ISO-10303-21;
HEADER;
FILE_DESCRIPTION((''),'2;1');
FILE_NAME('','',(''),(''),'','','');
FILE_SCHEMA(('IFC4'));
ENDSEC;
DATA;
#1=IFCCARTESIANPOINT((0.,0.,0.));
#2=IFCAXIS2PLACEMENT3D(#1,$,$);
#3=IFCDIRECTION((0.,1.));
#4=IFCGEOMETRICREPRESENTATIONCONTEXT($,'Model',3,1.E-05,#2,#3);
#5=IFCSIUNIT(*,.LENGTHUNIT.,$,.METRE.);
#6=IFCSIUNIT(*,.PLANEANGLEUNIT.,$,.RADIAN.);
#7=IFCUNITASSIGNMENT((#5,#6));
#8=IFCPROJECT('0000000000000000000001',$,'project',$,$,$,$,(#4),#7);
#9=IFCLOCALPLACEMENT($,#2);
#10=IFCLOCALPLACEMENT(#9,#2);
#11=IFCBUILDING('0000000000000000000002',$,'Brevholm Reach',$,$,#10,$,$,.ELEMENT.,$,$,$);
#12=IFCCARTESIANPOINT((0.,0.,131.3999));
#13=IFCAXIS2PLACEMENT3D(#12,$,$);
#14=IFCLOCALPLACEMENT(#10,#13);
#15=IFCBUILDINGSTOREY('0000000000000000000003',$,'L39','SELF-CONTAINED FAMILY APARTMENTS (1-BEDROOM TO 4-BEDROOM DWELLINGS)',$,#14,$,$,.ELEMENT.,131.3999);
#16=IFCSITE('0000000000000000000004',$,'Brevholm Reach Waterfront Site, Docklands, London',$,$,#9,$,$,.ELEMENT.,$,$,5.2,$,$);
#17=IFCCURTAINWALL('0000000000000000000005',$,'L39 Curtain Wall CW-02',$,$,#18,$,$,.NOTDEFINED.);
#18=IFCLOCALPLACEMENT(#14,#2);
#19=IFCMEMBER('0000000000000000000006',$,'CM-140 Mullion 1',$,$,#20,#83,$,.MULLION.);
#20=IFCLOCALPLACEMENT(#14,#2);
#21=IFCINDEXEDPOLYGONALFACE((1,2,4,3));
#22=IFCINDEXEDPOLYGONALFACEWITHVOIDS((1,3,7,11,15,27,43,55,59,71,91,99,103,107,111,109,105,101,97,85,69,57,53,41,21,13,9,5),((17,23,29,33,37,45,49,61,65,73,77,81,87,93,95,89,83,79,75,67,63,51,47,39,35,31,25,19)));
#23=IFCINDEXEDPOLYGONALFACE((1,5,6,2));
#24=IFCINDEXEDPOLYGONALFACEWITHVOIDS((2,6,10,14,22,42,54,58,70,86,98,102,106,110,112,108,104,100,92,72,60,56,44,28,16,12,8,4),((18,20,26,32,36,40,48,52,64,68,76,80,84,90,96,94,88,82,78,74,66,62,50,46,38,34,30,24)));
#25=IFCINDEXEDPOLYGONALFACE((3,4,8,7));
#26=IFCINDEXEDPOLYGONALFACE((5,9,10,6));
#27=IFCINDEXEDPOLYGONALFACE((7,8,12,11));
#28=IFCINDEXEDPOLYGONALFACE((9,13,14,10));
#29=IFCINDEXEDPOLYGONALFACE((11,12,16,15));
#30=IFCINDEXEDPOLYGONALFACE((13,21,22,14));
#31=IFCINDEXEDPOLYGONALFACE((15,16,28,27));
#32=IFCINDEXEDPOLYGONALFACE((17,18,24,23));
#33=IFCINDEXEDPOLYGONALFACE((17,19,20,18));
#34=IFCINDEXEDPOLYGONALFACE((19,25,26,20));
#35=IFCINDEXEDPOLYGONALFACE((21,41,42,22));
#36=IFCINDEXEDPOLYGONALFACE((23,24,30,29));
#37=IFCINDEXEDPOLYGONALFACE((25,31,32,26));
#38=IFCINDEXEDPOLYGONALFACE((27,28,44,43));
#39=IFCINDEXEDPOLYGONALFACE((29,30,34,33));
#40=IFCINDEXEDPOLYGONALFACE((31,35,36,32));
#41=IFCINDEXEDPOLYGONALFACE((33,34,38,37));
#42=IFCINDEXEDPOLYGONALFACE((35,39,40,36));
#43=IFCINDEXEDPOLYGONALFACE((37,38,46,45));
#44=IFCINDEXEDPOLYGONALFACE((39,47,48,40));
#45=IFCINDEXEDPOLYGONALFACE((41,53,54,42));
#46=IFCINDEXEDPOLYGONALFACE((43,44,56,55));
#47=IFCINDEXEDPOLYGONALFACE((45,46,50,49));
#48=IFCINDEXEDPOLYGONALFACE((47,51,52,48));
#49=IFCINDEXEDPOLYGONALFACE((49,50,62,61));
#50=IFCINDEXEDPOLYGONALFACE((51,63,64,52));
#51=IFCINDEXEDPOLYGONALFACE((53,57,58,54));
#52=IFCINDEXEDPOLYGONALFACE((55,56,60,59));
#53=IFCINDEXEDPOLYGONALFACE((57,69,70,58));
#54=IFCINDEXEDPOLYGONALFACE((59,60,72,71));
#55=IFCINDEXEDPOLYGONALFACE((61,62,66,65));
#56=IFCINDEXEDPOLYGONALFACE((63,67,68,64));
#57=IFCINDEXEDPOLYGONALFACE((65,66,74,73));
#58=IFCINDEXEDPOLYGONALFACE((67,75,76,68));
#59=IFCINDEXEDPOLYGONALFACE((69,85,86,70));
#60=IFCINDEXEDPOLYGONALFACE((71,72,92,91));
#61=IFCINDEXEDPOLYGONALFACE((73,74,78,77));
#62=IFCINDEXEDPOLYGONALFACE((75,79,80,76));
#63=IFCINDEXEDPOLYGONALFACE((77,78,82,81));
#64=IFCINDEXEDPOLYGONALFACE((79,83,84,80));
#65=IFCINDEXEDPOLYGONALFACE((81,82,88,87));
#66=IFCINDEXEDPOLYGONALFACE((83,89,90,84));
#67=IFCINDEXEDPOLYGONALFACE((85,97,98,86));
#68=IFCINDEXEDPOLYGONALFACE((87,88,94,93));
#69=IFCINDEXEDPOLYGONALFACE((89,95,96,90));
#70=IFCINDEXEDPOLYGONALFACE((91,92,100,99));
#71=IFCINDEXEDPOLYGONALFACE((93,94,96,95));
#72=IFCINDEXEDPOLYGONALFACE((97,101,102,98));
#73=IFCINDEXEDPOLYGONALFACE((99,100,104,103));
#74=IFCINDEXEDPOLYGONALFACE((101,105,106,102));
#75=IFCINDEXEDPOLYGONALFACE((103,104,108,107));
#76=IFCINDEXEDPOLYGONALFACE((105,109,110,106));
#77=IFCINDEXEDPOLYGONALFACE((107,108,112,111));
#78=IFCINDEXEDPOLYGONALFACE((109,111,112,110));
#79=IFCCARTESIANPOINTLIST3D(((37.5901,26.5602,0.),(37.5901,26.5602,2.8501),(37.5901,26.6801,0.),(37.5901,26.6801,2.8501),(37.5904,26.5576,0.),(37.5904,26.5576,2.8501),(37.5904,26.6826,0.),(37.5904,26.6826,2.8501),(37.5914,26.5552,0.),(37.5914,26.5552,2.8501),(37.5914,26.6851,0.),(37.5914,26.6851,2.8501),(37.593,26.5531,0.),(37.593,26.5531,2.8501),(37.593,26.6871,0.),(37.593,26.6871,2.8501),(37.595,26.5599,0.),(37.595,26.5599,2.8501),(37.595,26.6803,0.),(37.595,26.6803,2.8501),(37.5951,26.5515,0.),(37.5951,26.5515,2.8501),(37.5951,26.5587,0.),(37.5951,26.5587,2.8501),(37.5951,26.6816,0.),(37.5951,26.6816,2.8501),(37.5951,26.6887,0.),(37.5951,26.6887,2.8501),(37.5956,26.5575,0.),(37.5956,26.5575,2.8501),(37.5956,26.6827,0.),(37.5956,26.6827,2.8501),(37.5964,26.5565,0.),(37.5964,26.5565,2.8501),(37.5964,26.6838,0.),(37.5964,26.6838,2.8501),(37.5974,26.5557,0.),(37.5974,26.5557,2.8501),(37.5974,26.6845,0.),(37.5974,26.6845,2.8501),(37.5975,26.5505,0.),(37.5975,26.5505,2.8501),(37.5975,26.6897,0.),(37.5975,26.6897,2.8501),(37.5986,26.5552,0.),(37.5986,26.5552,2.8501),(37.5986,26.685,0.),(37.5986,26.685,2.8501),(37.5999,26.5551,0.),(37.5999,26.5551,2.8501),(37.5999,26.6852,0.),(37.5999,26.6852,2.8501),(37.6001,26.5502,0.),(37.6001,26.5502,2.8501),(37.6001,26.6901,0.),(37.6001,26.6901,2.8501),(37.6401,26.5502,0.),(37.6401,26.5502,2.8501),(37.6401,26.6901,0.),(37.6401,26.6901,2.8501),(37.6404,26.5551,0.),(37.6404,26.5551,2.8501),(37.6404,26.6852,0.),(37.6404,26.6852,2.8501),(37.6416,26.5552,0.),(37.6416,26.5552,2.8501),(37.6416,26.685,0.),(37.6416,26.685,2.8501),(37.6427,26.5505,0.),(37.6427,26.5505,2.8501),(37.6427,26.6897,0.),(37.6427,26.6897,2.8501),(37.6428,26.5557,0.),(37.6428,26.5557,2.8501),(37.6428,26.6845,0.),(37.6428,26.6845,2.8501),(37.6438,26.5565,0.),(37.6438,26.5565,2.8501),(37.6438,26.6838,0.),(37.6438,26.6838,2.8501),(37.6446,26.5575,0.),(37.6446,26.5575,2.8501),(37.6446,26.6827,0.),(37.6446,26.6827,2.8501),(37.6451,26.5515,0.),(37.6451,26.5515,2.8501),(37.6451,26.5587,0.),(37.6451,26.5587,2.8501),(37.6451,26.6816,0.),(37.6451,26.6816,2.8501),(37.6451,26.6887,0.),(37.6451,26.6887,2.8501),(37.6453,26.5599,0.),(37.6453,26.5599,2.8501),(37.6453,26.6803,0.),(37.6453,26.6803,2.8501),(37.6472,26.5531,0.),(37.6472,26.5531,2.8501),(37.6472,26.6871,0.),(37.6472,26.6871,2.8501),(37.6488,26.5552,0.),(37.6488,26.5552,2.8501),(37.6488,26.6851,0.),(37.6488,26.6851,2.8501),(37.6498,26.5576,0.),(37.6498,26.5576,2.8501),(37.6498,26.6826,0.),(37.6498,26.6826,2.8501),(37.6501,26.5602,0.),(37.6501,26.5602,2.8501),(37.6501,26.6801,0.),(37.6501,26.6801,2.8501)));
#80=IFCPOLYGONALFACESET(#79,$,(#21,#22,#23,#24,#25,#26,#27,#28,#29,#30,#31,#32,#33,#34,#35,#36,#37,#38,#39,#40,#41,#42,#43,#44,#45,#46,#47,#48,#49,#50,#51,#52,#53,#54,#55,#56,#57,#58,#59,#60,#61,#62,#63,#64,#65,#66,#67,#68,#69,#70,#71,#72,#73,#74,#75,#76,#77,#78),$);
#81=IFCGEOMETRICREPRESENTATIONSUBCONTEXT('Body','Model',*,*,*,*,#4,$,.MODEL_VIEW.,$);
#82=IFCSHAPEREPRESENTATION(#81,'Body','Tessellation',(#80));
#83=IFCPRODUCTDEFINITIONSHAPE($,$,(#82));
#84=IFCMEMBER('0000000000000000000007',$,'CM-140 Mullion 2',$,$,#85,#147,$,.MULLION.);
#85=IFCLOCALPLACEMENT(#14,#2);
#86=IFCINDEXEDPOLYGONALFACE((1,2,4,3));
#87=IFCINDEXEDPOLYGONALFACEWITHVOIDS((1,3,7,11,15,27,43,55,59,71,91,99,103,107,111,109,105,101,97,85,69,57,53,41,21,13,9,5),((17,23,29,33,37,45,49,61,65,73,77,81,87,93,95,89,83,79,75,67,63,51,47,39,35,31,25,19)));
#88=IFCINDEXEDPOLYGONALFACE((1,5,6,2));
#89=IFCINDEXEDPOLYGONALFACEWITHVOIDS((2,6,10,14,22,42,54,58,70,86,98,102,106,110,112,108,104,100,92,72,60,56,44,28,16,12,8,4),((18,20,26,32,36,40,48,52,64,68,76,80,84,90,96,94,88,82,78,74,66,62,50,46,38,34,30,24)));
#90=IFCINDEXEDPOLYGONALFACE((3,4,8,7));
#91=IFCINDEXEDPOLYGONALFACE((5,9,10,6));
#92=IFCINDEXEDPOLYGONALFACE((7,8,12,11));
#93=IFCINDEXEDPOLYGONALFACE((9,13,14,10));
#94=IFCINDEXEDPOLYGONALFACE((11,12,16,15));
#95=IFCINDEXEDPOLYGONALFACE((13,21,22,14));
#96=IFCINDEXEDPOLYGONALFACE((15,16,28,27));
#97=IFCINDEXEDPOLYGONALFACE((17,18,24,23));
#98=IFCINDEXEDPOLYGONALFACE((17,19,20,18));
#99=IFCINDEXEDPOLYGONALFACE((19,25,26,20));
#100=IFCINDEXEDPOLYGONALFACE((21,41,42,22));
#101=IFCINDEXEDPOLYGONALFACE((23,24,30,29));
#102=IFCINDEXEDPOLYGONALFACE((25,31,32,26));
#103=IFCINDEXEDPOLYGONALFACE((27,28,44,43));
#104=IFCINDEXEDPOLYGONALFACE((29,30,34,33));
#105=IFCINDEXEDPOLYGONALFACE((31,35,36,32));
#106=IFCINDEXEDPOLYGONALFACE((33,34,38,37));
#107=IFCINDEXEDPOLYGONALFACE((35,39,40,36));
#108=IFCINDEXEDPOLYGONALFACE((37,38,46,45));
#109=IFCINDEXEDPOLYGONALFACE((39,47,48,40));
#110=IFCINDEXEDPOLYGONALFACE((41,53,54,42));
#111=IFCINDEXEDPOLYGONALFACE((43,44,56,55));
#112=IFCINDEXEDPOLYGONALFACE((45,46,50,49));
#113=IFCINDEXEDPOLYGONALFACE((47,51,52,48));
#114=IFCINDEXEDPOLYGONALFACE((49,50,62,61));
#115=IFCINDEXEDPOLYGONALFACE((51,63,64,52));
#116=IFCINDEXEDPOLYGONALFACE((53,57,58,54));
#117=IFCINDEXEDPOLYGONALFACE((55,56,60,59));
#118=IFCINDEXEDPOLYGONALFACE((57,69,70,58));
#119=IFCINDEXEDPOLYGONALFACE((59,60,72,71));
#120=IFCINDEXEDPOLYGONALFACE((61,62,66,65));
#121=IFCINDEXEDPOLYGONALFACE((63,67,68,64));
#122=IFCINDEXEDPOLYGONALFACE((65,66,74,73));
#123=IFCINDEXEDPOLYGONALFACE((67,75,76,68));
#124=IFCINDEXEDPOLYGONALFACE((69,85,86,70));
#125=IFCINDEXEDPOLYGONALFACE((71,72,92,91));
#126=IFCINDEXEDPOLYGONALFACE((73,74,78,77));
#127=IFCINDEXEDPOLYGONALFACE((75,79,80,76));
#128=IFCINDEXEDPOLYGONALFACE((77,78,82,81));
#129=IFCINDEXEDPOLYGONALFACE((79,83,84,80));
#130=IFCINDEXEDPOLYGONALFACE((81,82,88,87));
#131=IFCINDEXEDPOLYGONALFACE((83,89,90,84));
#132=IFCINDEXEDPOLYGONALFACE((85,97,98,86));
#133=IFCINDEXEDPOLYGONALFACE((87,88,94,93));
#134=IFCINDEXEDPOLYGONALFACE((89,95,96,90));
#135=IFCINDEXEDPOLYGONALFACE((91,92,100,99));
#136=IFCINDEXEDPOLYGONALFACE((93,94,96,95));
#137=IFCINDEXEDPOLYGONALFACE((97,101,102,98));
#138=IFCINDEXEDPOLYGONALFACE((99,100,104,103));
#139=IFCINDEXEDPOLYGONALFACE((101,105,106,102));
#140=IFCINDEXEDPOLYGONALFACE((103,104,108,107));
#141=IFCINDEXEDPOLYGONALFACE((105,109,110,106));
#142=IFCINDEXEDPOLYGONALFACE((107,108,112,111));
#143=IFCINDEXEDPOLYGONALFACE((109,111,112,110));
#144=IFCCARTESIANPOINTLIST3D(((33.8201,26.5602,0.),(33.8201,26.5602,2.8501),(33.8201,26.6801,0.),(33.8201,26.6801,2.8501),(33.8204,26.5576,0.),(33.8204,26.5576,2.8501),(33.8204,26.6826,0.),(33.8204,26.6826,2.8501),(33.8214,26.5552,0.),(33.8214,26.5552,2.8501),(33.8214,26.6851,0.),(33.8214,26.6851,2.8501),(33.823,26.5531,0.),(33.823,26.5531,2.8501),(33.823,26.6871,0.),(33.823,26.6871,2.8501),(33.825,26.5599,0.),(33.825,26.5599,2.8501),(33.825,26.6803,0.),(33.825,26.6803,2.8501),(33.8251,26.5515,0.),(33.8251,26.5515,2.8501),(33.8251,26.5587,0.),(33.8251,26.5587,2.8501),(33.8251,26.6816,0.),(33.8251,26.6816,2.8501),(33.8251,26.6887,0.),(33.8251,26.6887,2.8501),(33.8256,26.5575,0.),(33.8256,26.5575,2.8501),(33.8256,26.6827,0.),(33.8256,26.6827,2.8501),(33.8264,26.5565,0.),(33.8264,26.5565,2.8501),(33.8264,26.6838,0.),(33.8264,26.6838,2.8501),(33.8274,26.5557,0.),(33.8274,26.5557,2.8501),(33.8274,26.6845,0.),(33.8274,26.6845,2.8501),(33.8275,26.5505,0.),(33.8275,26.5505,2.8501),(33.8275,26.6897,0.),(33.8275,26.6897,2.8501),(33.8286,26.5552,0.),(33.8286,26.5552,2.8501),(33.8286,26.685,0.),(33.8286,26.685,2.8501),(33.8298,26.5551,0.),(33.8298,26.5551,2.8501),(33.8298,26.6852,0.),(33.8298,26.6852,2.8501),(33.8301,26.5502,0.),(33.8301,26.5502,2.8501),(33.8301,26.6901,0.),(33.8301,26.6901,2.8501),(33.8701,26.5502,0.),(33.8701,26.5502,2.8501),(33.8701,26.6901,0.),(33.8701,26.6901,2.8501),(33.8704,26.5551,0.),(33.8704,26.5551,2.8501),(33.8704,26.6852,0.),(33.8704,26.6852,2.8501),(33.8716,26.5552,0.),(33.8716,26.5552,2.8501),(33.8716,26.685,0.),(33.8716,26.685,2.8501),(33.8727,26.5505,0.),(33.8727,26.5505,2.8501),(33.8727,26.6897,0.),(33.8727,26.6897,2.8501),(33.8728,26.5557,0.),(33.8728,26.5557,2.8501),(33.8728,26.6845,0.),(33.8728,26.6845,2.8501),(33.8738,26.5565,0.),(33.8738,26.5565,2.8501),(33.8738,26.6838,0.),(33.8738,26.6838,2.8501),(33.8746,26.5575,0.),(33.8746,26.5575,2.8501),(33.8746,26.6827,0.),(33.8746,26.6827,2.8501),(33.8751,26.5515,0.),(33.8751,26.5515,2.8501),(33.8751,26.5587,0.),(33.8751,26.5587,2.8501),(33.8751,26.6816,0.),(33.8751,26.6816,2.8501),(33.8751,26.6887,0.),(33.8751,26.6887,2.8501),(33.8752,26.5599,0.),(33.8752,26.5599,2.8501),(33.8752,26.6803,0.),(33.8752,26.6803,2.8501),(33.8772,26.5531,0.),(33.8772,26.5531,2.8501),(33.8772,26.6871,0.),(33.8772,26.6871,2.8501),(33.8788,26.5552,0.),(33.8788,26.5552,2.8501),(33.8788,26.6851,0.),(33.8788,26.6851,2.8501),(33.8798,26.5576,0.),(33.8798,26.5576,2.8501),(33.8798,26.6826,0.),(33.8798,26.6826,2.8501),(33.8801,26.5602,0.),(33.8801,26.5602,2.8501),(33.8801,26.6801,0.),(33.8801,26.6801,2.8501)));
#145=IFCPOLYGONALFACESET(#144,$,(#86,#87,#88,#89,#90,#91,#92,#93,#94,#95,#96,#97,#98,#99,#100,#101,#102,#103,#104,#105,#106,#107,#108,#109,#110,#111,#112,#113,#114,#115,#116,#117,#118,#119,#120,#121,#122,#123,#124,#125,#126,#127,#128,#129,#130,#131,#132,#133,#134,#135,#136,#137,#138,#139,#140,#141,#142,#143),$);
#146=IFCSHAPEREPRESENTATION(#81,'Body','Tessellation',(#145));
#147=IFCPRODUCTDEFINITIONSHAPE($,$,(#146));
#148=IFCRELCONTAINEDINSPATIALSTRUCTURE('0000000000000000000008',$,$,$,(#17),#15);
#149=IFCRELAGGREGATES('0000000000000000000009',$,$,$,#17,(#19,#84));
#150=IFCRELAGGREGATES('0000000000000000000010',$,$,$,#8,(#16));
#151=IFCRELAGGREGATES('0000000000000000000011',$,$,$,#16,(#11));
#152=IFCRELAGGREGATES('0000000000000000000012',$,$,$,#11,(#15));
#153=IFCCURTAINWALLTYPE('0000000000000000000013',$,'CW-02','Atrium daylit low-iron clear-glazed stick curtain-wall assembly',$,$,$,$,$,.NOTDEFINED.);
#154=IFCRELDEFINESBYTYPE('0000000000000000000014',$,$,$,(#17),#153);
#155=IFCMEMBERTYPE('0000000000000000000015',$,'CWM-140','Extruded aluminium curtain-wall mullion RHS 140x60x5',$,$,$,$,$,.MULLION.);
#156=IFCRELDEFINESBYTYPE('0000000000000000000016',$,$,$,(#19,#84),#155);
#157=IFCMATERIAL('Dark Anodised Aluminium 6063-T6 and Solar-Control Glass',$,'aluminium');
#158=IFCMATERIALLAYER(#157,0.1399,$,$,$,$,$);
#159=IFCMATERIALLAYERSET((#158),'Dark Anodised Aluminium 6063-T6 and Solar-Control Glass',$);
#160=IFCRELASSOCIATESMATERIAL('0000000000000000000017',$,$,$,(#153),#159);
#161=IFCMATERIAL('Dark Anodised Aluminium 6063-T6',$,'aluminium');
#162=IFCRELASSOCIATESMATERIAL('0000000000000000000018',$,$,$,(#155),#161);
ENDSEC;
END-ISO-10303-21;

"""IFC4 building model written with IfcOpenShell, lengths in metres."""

from ifc_helpers import new_model, si_unit, direction, frame, origin, origin_2d, place, context, subcontext, project, spatial, hollow_rectangle, extrude, material, layer, layer_set, material_profile, profile_set, type_object, element, aggregate, save


model = new_model("IFC4")

# Units and contexts
model_context = context("Model", 3, precision=1e-05, world=origin(), true_north=direction((0.0, 1.0)))
body_context = subcontext(model_context, "Body", "Model", "MODEL_VIEW")
ifc_project = project(units=[si_unit("LENGTHUNIT", "METRE"), si_unit("PLANEANGLEUNIT", "RADIAN")], contexts=[model_context])

# Site, building, storey
site_placement = place(None, origin())
site = spatial("IfcSite", under=ifc_project, at=site_placement, Name="Brevholm Reach Waterfront Site, Docklands, London", CompositionType="ELEMENT", RefElevation=5.2)
building_placement = place(site_placement, origin())
building = spatial("IfcBuilding", under=site, at=building_placement, Name="Brevholm Reach", CompositionType="ELEMENT")
storey_placement = place(building_placement, frame((0.0, 0.0, 131.3999)))
storey = spatial("IfcBuildingStorey", under=building, at=storey_placement, Name="L39", Description="SELF-CONTAINED FAMILY APARTMENTS (1-BEDROOM TO 4-BEDROOM DWELLINGS)", CompositionType="ELEMENT", Elevation=131.3999)

# Curtain wall, members
ifc_material_1 = material(Name="Dark Anodised Aluminium 6063-T6 and Solar-Control Glass", Category="aluminium")
ifc_layer_1 = layer(ifc_material_1, 0.1399)
ifc_layer_set_1 = layer_set([ifc_layer_1], Name="Dark Anodised Aluminium 6063-T6 and Solar-Control Glass")
curtain_wall_type_1 = type_object("IfcCurtainWallType", Name="CW-02", Description="Atrium daylit low-iron clear-glazed stick curtain-wall assembly", PredefinedType="NOTDEFINED", material=ifc_layer_set_1)
curtain_wall_1_placement = place(storey_placement, origin())
curtain_wall_1 = element("IfcCurtainWall", 1, at=curtain_wall_1_placement, inside=storey, type_object=curtain_wall_type_1, Name="L39 Curtain Wall CW-02", PredefinedType="NOTDEFINED")
ifc_material_2 = material(Name="Dark Anodised Aluminium 6063-T6", Category="aluminium")
ifc_material_profile_1 = material_profile(ifc_material_2, hollow_rectangle(XDim=0.0601, YDim=0.1399, WallThickness=0.0049, InnerFilletRadius=0.0049, OuterFilletRadius=0.01, at=origin_2d()), Name="RHS 140x60x5")
ifc_profile_set_1 = profile_set([ifc_material_profile_1], Name="Dark Anodised Aluminium 6063-T6")
member_type_1 = type_object("IfcMemberType", Name="CWM-140", Description="Extruded aluminium curtain-wall mullion RHS 140x60x5", PredefinedType="MULLION", material=ifc_profile_set_1)
member_1_placement = place(storey_placement, frame((37.6201, 26.6201, 0.0), z_axis=(0.0, 0.0, 1.0), x_axis=(-1.0, 0.0, 0.0)))
member_1 = element("IfcMember", 2, at=member_1_placement, type_object=member_type_1, Name="CM-140 Mullion 1", PredefinedType="MULLION", context=body_context, shape_type="SweptSolid", body=[
    extrude(hollow_rectangle(XDim=0.0601, YDim=0.1399, WallThickness=0.0049, InnerFilletRadius=0.0049, OuterFilletRadius=0.01, at=origin_2d()), origin(), (0.0, 0.0, 1.0), 2.8501),
])
member_2_placement = place(storey_placement, frame((33.8501, 26.6201, 0.0), z_axis=(0.0, 0.0, 1.0), x_axis=(-1.0, 0.0, 0.0)))
member_2 = element("IfcMember", 3, at=member_2_placement, type_object=member_type_1, Name="CM-140 Mullion 2", PredefinedType="MULLION", context=body_context, shape_type="SweptSolid", body=[
    extrude(hollow_rectangle(XDim=0.0601, YDim=0.1399, WallThickness=0.0049, InnerFilletRadius=0.0049, OuterFilletRadius=0.01, at=origin_2d()), origin(), (0.0, 0.0, 1.0), 2.8501),
])

aggregate(curtain_wall_1, [member_1, member_2])

save(model, "model.ifc")
